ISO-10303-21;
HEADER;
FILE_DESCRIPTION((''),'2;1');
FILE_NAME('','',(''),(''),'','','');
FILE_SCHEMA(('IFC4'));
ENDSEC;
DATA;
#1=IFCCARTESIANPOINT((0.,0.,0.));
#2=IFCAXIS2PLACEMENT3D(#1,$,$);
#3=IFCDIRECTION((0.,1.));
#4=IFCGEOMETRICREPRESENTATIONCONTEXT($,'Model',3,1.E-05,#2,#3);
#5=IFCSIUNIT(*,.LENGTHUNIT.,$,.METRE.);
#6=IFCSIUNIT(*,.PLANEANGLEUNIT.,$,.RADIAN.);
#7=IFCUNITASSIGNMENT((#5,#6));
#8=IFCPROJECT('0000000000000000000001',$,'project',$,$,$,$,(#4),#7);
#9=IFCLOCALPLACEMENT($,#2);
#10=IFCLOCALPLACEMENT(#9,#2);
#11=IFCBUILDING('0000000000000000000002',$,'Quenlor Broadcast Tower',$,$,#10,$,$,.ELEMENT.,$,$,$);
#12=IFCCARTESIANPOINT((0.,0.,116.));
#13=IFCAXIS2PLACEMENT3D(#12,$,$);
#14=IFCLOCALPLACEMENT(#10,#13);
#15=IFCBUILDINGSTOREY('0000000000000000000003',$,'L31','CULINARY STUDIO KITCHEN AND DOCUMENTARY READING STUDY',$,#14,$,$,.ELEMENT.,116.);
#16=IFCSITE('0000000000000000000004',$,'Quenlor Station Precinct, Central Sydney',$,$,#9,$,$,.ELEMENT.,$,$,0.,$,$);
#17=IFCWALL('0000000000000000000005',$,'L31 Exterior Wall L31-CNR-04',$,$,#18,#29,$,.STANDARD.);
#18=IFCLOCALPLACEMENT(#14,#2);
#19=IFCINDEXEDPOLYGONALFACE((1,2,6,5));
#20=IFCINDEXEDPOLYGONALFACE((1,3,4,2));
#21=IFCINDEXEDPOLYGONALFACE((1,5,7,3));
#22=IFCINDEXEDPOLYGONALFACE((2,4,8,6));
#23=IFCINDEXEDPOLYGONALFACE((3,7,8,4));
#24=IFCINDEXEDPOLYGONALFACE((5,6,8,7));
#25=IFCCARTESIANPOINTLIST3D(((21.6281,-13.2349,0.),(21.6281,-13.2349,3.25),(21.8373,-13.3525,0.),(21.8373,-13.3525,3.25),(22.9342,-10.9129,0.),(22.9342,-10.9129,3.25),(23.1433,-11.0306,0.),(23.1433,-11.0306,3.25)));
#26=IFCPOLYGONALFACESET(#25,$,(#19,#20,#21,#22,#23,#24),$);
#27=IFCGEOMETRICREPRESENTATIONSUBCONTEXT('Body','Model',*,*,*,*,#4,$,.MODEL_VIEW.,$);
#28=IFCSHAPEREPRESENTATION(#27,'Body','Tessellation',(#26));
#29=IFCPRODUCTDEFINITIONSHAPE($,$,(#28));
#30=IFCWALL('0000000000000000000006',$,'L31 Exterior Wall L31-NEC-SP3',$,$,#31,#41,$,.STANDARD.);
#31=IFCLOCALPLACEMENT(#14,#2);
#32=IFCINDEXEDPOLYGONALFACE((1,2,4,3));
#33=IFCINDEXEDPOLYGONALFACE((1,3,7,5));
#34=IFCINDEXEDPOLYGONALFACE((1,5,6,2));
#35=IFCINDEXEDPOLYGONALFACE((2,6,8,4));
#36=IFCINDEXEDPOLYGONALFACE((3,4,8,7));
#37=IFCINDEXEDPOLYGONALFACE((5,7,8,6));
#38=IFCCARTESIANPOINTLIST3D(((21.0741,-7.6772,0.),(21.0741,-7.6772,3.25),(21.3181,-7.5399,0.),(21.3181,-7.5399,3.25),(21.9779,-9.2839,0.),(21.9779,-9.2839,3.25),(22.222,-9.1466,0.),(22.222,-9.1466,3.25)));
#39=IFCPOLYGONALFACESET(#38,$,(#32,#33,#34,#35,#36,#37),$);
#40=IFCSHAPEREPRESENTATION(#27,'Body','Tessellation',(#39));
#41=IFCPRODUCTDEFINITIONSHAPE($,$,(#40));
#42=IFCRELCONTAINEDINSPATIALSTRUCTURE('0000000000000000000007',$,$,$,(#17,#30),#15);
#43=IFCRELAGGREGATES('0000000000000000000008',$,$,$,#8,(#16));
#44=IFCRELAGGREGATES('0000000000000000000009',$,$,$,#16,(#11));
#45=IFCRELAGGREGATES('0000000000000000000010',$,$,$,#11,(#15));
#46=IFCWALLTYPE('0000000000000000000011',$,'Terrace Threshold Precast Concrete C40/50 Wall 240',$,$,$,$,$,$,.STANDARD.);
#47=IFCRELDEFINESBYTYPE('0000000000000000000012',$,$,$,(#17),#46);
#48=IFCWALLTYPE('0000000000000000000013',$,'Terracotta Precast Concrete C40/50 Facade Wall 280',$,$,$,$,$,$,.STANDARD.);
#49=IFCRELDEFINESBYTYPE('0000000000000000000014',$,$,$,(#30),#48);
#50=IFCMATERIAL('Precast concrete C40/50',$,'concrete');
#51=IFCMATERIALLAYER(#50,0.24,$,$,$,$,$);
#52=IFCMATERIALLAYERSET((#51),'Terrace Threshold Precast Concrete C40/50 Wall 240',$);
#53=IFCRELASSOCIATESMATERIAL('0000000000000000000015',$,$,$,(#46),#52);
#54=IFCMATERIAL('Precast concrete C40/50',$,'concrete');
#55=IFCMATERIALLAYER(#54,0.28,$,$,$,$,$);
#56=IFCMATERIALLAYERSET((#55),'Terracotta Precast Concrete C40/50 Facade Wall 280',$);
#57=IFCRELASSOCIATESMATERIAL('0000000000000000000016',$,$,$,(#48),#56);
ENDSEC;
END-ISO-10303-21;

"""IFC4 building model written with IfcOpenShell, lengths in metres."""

from ifc_helpers import new_model, si_unit, direction, frame, frame_2d, origin, place, context, subcontext, project, spatial, rectangle, extrude, material, layer, layer_set, type_object, element, save


model = new_model("IFC4")

# Units and contexts
model_context = context("Model", 3, precision=1e-05, world=origin(), true_north=direction((0.0, 1.0)))
body_context = subcontext(model_context, "Body", "Model", "MODEL_VIEW")
ifc_project = project(units=[si_unit("LENGTHUNIT", "METRE"), si_unit("PLANEANGLEUNIT", "RADIAN")], contexts=[model_context])

# Site, building, storey
site_placement = place(None, origin())
site = spatial("IfcSite", under=ifc_project, at=site_placement, Name="Quenlor Station Precinct, Central Sydney", CompositionType="ELEMENT", RefElevation=0.0)
building_placement = place(site_placement, origin())
building = spatial("IfcBuilding", under=site, at=building_placement, Name="Quenlor Broadcast Tower", CompositionType="ELEMENT")
storey_placement = place(building_placement, frame((0.0, 0.0, 116.0)))
storey = spatial("IfcBuildingStorey", under=building, at=storey_placement, Name="L31", Description="CULINARY STUDIO KITCHEN AND DOCUMENTARY READING STUDY", CompositionType="ELEMENT", Elevation=116.0)

# Walls
ifc_material_1 = material(Name="Precast concrete C40/50", Category="concrete")
ifc_layer_1 = layer(ifc_material_1, 0.24)
ifc_layer_set_1 = layer_set([ifc_layer_1], Name="Terrace Threshold Precast Concrete C40/50 Wall 240")
wall_type_1 = type_object("IfcWallType", Name="Terrace Threshold Precast Concrete C40/50 Wall 240", PredefinedType="STANDARD", material=ifc_layer_set_1)
wall_1_placement = place(storey_placement, frame((21.7327, -13.2937, 0.0), z_axis=(0.0, 0.0, 1.0), x_axis=(0.490266, 0.871573, 0.0)))
element("IfcWall", 1, at=wall_1_placement, inside=storey, type_object=wall_type_1, Name="L31 Exterior Wall L31-CNR-04", PredefinedType="STANDARD", context=body_context, shape_type="SweptSolid", body=[
    extrude(rectangle(XDim=2.6641, YDim=0.24, at=frame_2d((1.332, 0.0))), origin(), (0.0, 0.0, 1.0), 3.25),
])
ifc_material_2 = material(Name="Precast concrete C40/50", Category="concrete")
ifc_layer_2 = layer(ifc_material_2, 0.28)
ifc_layer_set_2 = layer_set([ifc_layer_2], Name="Terracotta Precast Concrete C40/50 Facade Wall 280")
wall_type_2 = type_object("IfcWallType", Name="Terracotta Precast Concrete C40/50 Facade Wall 280", PredefinedType="STANDARD", material=ifc_layer_set_2)
wall_2_placement = place(storey_placement, frame((21.196, -7.6084, 0.0), z_axis=(0.0, 0.0, 1.0), x_axis=(0.49028, -0.871565, 0.0)))
element("IfcWall", 2, at=wall_2_placement, inside=storey, type_object=wall_type_2, Name="L31 Exterior Wall L31-NEC-SP3", PredefinedType="STANDARD", context=body_context, shape_type="SweptSolid", body=[
    extrude(rectangle(XDim=1.8435, YDim=0.28, at=frame_2d((0.9219, 0.0))), origin(), (0.0, 0.0, 1.0), 3.25),
])

save(model, "model.ifc")
